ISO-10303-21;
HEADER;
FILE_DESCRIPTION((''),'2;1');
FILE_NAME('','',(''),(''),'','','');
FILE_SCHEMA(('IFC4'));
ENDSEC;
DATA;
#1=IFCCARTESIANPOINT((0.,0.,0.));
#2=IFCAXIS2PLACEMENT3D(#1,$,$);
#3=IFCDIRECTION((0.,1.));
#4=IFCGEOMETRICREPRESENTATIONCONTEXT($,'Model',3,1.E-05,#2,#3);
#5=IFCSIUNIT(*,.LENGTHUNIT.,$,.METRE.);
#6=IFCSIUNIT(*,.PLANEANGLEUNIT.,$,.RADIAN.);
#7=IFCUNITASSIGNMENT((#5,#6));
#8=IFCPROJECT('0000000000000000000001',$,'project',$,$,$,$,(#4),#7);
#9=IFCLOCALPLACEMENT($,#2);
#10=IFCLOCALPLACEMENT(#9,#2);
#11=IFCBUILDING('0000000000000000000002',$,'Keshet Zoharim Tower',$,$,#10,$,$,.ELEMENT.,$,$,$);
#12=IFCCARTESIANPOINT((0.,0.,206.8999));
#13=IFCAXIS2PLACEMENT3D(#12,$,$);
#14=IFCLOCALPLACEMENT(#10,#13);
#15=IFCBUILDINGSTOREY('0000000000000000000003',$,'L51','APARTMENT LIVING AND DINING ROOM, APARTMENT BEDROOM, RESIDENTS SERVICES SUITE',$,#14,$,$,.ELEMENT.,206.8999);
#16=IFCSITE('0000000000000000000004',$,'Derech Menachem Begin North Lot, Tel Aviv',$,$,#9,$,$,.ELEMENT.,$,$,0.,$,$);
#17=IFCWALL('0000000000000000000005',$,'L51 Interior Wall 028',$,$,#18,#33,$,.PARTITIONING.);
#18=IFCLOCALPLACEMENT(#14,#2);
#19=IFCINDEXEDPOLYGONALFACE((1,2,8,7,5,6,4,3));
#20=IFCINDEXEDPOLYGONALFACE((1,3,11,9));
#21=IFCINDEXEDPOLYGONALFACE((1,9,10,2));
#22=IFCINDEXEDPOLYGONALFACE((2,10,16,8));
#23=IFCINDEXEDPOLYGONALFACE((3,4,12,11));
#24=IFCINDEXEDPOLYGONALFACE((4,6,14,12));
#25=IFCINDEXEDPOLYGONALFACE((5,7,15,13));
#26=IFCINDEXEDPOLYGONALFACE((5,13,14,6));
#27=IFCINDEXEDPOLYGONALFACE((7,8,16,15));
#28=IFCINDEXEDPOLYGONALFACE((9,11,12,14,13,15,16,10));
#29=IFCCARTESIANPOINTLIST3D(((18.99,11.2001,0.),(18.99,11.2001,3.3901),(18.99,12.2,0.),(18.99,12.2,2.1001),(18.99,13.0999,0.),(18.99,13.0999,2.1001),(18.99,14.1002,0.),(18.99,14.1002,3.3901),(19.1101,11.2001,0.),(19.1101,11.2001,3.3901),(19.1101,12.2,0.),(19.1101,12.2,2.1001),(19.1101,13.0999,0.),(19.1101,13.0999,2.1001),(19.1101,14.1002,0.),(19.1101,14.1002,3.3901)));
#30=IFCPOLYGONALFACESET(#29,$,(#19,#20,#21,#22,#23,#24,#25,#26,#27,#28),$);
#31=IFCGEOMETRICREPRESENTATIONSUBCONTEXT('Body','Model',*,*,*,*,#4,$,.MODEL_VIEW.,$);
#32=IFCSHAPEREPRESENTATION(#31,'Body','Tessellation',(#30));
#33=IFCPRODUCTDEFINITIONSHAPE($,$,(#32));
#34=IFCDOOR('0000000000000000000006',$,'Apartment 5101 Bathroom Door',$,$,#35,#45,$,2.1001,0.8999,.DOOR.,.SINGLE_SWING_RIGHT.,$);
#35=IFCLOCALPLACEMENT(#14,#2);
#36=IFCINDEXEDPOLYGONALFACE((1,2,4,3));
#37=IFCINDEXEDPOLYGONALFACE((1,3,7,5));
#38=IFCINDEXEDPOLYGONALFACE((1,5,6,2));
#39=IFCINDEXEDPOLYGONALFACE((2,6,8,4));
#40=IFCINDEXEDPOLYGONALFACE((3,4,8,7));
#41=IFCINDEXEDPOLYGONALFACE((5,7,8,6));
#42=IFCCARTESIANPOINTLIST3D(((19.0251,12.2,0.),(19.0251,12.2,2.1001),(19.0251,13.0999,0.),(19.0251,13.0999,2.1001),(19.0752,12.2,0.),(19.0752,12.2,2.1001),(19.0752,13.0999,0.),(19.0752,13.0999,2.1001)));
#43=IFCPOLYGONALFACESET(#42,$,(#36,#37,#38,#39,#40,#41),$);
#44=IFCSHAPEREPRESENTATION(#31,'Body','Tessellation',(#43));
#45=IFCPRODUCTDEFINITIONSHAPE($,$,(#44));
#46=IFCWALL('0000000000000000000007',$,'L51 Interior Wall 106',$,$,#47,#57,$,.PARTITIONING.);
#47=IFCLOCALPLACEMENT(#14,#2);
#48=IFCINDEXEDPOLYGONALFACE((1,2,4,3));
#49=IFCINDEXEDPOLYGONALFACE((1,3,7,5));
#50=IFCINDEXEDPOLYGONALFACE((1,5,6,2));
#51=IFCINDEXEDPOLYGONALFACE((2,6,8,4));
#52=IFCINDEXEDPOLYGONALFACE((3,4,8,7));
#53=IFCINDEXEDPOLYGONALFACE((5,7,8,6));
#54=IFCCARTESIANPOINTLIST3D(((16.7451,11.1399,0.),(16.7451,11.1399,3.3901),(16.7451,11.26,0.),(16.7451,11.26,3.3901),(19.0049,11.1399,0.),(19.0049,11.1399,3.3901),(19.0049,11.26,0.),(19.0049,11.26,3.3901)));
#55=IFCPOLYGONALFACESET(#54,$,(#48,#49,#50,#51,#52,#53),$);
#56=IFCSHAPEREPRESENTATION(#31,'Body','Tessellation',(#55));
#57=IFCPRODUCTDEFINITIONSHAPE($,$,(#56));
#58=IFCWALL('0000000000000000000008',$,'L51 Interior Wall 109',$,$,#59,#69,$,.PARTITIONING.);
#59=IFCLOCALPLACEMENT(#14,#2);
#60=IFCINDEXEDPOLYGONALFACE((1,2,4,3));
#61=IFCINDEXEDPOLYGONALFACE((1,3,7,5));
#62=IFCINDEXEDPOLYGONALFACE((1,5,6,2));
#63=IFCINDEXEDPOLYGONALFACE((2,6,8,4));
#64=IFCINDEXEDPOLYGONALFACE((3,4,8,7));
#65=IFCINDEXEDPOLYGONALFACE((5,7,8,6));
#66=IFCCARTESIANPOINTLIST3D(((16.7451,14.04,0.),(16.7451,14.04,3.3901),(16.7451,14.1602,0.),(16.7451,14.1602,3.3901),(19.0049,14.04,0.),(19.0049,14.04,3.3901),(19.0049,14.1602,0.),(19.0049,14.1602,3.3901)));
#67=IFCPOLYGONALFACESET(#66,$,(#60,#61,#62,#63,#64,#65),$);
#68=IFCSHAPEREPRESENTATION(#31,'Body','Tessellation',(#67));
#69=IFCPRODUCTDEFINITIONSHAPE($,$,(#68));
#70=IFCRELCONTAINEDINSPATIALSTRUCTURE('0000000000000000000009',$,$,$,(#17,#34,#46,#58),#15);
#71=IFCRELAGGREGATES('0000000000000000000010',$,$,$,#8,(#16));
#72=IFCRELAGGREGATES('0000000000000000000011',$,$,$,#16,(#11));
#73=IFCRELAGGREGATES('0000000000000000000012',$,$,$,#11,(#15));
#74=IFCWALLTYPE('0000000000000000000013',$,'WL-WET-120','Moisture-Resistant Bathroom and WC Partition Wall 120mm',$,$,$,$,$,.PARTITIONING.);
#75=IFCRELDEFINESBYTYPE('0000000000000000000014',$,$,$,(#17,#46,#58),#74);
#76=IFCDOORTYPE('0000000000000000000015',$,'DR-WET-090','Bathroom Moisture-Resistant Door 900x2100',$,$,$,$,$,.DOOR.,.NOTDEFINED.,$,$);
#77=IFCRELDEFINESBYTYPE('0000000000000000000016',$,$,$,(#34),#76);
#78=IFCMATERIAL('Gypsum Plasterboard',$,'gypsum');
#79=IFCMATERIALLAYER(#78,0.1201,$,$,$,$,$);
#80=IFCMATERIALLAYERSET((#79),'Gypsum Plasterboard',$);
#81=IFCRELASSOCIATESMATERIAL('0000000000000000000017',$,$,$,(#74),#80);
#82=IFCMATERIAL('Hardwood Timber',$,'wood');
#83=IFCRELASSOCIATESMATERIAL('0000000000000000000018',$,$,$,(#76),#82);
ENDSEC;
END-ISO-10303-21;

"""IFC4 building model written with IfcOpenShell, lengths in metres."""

from ifc_helpers import new_model, si_unit, direction, frame, frame_2d, origin, place, context, subcontext, project, spatial, rectangle, extrude, material, layer, layer_set, type_object, element, fill, save


model = new_model("IFC4")

# Units and contexts
model_context = context("Model", 3, precision=1e-05, world=origin(), true_north=direction((0.0, 1.0)))
body_context = subcontext(model_context, "Body", "Model", "MODEL_VIEW")
ifc_project = project(units=[si_unit("LENGTHUNIT", "METRE"), si_unit("PLANEANGLEUNIT", "RADIAN")], contexts=[model_context])

# Site, building, storey
site_placement = place(None, origin())
site = spatial("IfcSite", under=ifc_project, at=site_placement, Name="Derech Menachem Begin North Lot, Tel Aviv", CompositionType="ELEMENT", RefElevation=0.0)
building_placement = place(site_placement, origin())
building = spatial("IfcBuilding", under=site, at=building_placement, Name="Keshet Zoharim Tower", CompositionType="ELEMENT")
storey_placement = place(building_placement, frame((0.0, 0.0, 206.8999)))
storey = spatial("IfcBuildingStorey", under=building, at=storey_placement, Name="L51", Description="APARTMENT LIVING AND DINING ROOM, APARTMENT BEDROOM, RESIDENTS SERVICES SUITE", CompositionType="ELEMENT", Elevation=206.8999)

# Shared definitions
ifc_material_1 = material(Name="Gypsum Plasterboard", Category="gypsum")
ifc_material_2 = material(Name="Hardwood Timber", Category="wood")

# Shared definitions
ifc_layer_1 = layer(ifc_material_1, 0.1201)
ifc_layer_set_1 = layer_set([ifc_layer_1], Name="Gypsum Plasterboard")
wall_type_1 = type_object("IfcWallType", Name="WL-WET-120", Description="Moisture-Resistant Bathroom and WC Partition Wall 120mm", PredefinedType="PARTITIONING", material=ifc_layer_set_1)

# Wall, opening, door
wall_1_placement = place(storey_placement, frame((19.05, 11.2, 0.0), z_axis=(0.0, 0.0, 1.0), x_axis=(0.0, 1.0, 0.0)))
wall_1 = element("IfcWall", 1, at=wall_1_placement, inside=storey, type_object=wall_type_1, Name="L51 Interior Wall 028", PredefinedType="PARTITIONING", context=body_context, shape_type="SweptSolid", body=[
    extrude(rectangle(XDim=2.9001, YDim=0.1201, at=frame_2d((1.4502, 0.0))), origin(), (0.0, 0.0, 1.0), 3.3901),
])
opening_1_placement = place(wall_1_placement, frame((1.0, 0.0, 0.0)))
opening_1 = element("IfcOpeningElement", 2, at=opening_1_placement, cuts=wall_1, PredefinedType="OPENING", context=body_context, shape_type="SweptSolid", body=[
    extrude(rectangle(XDim=0.8999, YDim=2.1001, at=frame_2d((0.45, 1.05))), frame((0.0, 0.0701, 0.0), z_axis=(0.0, -1.0, 0.0), x_axis=(1.0, 0.0, 0.0)), (0.0, 0.0, 1.0), 0.1401),
])
door_type_1 = type_object("IfcDoorType", Name="DR-WET-090", Description="Bathroom Moisture-Resistant Door 900x2100", OperationType="NOTDEFINED", PredefinedType="DOOR", material=ifc_material_2)
door_1_placement = place(opening_1_placement, origin())
door_1 = element("IfcDoor", 3, at=door_1_placement, inside=storey, type_object=door_type_1, Name="Apartment 5101 Bathroom Door", OperationType="SINGLE_SWING_RIGHT", OverallHeight=2.1001, OverallWidth=0.8999, PredefinedType="DOOR", context=body_context, shape_type="SweptSolid", body=[
    extrude(rectangle(XDim=0.8999, YDim=2.1001, at=frame_2d((0.45, 1.05))), frame((0.0, 0.0249, 0.0), z_axis=(0.0, -1.0, 0.0), x_axis=(1.0, 0.0, 0.0)), (0.0, 0.0, 1.0), 0.05),
])
fill(opening_1, door_1)

# Walls
for number, where, z_axis, x_axis, name in (
    (4, (16.7451, 11.2, 0.0), (0.0, 0.0, 1.0), (1.0, 0.0, 0.0), "L51 Interior Wall 106"),
    (5, (16.7451, 14.1001, 0.0), (0.0, 0.0, 1.0), (1.0, 0.0, 0.0), "L51 Interior Wall 109"),
):
    element("IfcWall", number, at=place(storey_placement, frame(where, z_axis=z_axis, x_axis=x_axis)), inside=storey, type_object=wall_type_1, Name=name, PredefinedType="PARTITIONING", context=body_context, shape_type="SweptSolid", body=[
        extrude(rectangle(XDim=2.2598, YDim=0.1201, at=frame_2d((1.1299, 0.0))), origin(), (0.0, 0.0, 1.0), 3.3901),
    ])

save(model, "model.ifc")
